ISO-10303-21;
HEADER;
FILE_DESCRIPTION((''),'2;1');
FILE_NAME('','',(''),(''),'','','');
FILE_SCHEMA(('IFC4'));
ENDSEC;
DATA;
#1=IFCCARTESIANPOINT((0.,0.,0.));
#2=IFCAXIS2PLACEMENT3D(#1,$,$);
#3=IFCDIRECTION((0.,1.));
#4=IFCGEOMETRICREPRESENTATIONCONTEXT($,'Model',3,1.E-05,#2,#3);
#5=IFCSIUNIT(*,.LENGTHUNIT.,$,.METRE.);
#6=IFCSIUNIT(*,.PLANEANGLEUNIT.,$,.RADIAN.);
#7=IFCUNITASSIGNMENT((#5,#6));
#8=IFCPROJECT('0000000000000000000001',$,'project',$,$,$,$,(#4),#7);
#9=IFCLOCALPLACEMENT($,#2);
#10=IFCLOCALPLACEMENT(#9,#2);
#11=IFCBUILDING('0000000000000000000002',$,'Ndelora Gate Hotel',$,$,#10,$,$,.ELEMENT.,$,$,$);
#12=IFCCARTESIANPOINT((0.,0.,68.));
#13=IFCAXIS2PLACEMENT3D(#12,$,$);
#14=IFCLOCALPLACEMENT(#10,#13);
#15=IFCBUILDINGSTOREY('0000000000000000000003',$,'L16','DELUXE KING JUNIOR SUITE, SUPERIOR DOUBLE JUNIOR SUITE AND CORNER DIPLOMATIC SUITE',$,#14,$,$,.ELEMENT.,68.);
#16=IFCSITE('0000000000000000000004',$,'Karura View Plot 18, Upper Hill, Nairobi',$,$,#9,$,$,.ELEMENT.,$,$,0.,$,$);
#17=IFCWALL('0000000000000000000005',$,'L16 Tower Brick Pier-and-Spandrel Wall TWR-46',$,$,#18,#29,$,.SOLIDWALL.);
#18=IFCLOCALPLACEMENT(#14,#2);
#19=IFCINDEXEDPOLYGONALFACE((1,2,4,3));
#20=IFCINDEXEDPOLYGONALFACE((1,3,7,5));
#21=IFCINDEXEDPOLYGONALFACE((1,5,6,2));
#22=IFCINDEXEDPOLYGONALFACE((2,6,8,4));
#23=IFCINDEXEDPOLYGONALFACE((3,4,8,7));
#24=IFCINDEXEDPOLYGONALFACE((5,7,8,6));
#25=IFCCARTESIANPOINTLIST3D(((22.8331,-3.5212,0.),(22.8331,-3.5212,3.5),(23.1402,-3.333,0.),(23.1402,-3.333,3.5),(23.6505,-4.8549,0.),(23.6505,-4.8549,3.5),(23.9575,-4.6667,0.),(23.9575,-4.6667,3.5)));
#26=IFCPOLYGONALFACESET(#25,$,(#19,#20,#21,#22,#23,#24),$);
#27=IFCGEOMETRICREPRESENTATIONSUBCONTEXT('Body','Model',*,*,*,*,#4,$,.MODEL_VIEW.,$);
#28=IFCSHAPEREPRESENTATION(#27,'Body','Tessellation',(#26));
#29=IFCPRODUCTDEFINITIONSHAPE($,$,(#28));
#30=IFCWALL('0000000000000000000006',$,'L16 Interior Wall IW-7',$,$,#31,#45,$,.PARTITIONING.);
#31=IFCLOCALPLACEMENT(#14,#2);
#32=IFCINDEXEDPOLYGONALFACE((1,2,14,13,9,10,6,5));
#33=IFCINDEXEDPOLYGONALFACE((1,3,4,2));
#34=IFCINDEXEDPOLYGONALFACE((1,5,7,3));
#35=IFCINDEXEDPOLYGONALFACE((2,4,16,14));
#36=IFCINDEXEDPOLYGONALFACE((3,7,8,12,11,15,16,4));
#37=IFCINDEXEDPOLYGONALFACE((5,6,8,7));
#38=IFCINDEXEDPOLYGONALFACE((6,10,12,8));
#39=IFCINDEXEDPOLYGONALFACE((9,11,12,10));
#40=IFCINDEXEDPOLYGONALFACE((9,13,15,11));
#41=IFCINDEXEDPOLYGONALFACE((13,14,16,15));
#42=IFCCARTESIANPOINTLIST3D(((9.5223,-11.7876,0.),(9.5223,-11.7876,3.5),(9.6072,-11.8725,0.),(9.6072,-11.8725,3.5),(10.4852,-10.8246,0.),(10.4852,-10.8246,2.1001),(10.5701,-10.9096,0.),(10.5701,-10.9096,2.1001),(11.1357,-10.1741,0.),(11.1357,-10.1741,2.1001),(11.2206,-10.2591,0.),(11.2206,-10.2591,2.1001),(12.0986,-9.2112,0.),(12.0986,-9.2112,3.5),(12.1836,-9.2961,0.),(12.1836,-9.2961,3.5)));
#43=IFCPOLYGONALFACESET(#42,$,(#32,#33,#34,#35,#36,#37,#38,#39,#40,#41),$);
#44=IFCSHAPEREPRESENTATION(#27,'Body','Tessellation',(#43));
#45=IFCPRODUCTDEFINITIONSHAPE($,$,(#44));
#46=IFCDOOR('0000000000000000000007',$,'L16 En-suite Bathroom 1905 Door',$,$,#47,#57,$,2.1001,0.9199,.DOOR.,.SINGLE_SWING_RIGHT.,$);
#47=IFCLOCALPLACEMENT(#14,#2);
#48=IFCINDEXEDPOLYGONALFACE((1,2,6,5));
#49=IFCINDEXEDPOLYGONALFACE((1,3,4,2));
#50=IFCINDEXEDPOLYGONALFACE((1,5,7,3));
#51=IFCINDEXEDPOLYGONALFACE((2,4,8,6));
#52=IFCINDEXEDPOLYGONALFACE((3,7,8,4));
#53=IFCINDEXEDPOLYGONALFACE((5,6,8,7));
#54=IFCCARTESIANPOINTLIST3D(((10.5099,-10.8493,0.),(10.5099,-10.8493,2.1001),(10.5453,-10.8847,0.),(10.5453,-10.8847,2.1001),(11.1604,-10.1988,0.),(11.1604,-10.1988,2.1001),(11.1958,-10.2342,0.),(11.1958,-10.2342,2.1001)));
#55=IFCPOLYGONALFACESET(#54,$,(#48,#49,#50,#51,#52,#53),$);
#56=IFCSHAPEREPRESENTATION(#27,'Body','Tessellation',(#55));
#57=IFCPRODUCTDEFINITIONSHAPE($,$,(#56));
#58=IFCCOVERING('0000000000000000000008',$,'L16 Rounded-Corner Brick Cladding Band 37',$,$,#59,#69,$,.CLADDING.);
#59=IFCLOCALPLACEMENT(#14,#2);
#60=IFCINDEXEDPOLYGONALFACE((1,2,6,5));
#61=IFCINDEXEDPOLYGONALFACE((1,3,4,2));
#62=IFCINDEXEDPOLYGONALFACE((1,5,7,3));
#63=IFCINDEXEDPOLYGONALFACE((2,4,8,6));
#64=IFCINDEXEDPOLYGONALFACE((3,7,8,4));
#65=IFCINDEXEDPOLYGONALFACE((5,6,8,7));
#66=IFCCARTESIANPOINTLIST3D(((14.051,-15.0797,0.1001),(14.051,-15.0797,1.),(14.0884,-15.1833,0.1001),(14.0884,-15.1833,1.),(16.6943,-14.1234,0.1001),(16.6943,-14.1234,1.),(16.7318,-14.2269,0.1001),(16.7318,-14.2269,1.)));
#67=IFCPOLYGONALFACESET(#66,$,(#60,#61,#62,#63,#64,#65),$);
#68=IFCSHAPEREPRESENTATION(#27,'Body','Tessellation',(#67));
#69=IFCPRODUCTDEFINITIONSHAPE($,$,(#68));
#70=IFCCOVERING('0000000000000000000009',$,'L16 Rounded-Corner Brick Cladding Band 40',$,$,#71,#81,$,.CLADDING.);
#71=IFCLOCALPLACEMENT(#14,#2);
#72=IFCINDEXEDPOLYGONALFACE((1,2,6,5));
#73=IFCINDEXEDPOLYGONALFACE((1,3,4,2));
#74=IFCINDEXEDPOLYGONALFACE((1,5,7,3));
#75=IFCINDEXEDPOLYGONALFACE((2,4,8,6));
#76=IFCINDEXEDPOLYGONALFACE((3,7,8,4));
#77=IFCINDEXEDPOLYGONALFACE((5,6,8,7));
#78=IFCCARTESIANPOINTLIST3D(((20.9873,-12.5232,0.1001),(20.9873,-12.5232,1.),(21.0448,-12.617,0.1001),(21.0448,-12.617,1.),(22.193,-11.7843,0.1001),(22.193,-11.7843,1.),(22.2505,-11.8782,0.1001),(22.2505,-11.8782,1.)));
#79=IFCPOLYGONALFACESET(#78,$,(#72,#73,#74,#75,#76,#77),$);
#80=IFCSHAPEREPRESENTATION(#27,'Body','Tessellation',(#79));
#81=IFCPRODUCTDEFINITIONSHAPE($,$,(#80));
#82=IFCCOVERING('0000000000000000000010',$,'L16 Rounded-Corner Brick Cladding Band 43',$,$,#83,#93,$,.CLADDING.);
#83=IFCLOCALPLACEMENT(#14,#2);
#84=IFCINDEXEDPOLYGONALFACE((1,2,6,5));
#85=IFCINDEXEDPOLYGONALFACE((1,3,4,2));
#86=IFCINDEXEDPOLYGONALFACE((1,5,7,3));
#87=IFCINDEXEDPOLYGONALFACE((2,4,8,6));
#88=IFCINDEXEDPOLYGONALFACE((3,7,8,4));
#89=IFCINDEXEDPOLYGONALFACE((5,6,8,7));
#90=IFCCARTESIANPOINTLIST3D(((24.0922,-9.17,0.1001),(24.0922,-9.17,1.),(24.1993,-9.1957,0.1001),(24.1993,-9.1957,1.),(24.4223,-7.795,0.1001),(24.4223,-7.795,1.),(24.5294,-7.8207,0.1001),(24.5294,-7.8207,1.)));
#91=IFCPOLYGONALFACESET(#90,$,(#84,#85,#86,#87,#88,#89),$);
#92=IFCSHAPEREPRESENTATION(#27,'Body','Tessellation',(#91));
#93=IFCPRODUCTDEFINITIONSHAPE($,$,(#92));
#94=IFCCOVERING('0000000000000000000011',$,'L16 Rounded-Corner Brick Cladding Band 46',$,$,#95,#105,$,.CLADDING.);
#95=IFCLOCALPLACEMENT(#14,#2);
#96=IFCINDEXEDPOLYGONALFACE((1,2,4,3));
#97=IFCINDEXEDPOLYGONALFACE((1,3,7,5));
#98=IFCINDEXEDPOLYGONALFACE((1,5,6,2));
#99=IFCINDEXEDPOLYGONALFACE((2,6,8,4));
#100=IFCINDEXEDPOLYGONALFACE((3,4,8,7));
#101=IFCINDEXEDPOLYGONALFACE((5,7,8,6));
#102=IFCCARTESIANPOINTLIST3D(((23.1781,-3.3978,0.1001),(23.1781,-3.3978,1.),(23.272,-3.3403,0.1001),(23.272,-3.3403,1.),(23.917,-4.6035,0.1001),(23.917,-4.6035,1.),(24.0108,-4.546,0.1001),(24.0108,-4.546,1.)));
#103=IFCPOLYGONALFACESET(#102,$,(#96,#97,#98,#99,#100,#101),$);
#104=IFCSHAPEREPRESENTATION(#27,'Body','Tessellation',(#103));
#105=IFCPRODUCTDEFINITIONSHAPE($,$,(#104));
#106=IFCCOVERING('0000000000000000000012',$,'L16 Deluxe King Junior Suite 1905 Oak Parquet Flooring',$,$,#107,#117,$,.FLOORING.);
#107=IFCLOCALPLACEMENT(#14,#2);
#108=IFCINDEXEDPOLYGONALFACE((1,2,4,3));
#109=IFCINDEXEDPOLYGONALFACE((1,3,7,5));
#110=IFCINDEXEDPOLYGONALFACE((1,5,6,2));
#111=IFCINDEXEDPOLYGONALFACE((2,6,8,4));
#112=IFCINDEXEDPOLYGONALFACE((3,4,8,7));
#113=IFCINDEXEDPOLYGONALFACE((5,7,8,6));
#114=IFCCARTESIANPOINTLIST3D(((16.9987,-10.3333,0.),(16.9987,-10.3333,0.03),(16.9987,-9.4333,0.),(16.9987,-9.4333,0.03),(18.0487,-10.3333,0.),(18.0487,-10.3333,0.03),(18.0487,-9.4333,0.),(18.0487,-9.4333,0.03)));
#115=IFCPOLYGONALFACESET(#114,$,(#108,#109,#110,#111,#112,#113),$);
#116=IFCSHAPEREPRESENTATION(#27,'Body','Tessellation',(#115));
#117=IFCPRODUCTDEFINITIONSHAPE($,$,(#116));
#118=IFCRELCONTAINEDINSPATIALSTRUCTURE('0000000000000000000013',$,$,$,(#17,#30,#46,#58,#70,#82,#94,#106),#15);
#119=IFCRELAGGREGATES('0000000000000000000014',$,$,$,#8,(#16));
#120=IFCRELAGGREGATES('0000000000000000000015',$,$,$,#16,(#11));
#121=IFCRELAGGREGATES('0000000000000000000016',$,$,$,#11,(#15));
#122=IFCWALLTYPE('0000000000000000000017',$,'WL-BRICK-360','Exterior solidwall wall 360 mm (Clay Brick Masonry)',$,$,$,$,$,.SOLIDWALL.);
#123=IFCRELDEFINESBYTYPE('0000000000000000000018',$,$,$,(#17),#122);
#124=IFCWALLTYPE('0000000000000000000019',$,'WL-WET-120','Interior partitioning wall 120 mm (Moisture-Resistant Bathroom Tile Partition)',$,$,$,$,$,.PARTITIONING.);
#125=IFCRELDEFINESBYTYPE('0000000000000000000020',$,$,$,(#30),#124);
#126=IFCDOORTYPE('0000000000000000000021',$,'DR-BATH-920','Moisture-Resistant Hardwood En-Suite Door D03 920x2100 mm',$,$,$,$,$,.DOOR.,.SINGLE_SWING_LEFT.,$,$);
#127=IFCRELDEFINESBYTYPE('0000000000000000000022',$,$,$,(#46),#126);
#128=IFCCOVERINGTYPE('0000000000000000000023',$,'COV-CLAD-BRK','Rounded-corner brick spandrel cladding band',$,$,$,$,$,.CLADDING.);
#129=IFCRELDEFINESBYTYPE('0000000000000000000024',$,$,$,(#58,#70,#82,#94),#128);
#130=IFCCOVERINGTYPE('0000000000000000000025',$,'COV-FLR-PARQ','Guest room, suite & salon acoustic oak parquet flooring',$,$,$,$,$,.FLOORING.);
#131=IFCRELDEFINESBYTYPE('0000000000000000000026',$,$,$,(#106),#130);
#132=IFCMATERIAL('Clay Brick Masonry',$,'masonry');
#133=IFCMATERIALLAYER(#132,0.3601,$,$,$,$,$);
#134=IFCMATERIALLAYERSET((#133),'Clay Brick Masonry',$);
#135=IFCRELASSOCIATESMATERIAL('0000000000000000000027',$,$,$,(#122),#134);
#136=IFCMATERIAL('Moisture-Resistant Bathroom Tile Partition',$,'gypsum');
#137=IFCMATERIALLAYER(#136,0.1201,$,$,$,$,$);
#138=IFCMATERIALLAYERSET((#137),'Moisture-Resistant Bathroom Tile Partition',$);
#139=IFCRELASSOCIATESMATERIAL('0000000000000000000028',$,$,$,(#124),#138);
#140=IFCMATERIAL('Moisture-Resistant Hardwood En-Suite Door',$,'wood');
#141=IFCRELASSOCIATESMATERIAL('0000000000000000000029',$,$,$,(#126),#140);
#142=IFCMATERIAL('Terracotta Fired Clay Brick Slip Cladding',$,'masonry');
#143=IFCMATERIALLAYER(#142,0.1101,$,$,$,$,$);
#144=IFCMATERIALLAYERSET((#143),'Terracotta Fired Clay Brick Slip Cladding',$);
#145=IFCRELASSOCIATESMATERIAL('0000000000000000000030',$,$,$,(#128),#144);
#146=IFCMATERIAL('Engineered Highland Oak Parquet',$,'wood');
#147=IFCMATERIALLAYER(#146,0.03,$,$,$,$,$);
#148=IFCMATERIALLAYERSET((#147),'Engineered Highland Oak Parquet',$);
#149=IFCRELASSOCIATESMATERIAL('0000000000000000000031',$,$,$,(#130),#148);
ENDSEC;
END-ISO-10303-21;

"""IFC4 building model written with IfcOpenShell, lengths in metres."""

from ifc_helpers import new_model, si_unit, direction, frame, frame_2d, origin, origin_2d, place, context, subcontext, project, spatial, rectangle, extrude, material, layer, layer_set, type_object, element, fill, save


model = new_model("IFC4")

# Units and contexts
model_context = context("Model", 3, precision=1e-05, world=origin(), true_north=direction((0.0, 1.0)))
body_context = subcontext(model_context, "Body", "Model", "MODEL_VIEW")
ifc_project = project(units=[si_unit("LENGTHUNIT", "METRE"), si_unit("PLANEANGLEUNIT", "RADIAN")], contexts=[model_context])

# Site, building, storey
site_placement = place(None, origin())
site = spatial("IfcSite", under=ifc_project, at=site_placement, Name="Karura View Plot 18, Upper Hill, Nairobi", CompositionType="ELEMENT", RefElevation=0.0)
building_placement = place(site_placement, origin())
building = spatial("IfcBuilding", under=site, at=building_placement, Name="Ndelora Gate Hotel", CompositionType="ELEMENT")
storey_placement = place(building_placement, frame((0.0, 0.0, 68.0)))
storey = spatial("IfcBuildingStorey", under=building, at=storey_placement, Name="L16", Description="DELUXE KING JUNIOR SUITE, SUPERIOR DOUBLE JUNIOR SUITE AND CORNER DIPLOMATIC SUITE", CompositionType="ELEMENT", Elevation=68.0)

# Shared definitions
ifc_material_1 = material(Name="Clay Brick Masonry", Category="masonry")
ifc_layer_1 = layer(ifc_material_1, 0.3601)
ifc_layer_set_1 = layer_set([ifc_layer_1], Name="Clay Brick Masonry")
wall_type_1 = type_object("IfcWallType", Name="WL-BRICK-360", Description="Exterior solidwall wall 360 mm (Clay Brick Masonry)", PredefinedType="SOLIDWALL", material=ifc_layer_set_1)

# Wall
for number, where, z_axis, x_axis, name in (
    (1, (22.9866, -3.427, 0.0), (0.0, 0.0, 1.0), (0.522529, -0.852621, 0.0), "L16 Tower Brick Pier-and-Spandrel Wall TWR-46"),
):
    element("IfcWall", number, at=place(storey_placement, frame(where, z_axis=z_axis, x_axis=x_axis)), inside=storey, type_object=wall_type_1, Name=name, PredefinedType="SOLIDWALL", context=body_context, shape_type="SweptSolid", body=[
        extrude(rectangle(XDim=1.5642, YDim=0.3601, at=frame_2d((0.7822, 0.0))), origin(), (0.0, 0.0, 1.0), 3.5),
    ])

# Wall, opening, door
ifc_material_2 = material(Name="Moisture-Resistant Bathroom Tile Partition", Category="gypsum")
ifc_layer_2 = layer(ifc_material_2, 0.1201)
ifc_layer_set_2 = layer_set([ifc_layer_2], Name="Moisture-Resistant Bathroom Tile Partition")
wall_type_2 = type_object("IfcWallType", Name="WL-WET-120", Description="Interior partitioning wall 120 mm (Moisture-Resistant Bathroom Tile Partition)", PredefinedType="PARTITIONING", material=ifc_layer_set_2)
wall_1_placement = place(storey_placement, frame((12.1411, -9.2537, 0.0), z_axis=(0.0, 0.0, 1.0), x_axis=(-0.707107, -0.707107, 0.0)))
wall_1 = element("IfcWall", 2, at=wall_1_placement, inside=storey, type_object=wall_type_2, Name="L16 Interior Wall IW-7", PredefinedType="PARTITIONING", context=body_context, shape_type="SweptSolid", body=[
    extrude(rectangle(XDim=3.6436, YDim=0.1201, at=frame_2d((1.8218, 0.0))), origin(), (0.0, 0.0, 1.0), 3.5),
])
opening_1_placement = place(wall_1_placement, frame((1.3618, 0.0, 0.0)))
opening_1 = element("IfcOpeningElement", 3, at=opening_1_placement, cuts=wall_1, PredefinedType="OPENING", context=body_context, shape_type="SweptSolid", body=[
    extrude(rectangle(XDim=0.9199, YDim=2.1001, at=frame_2d((0.46, 1.05))), frame((0.0, 0.0701, 0.0), z_axis=(0.0, -1.0, 0.0), x_axis=(1.0, 0.0, 0.0)), (0.0, 0.0, 1.0), 0.1401),
])
ifc_material_3 = material(Name="Moisture-Resistant Hardwood En-Suite Door", Category="wood")
door_type = type_object("IfcDoorType", Name="DR-BATH-920", Description="Moisture-Resistant Hardwood En-Suite Door D03 920x2100 mm", OperationType="SINGLE_SWING_LEFT", PredefinedType="DOOR", material=ifc_material_3)
door_placement = place(opening_1_placement, origin())
door = element("IfcDoor", 4, at=door_placement, inside=storey, type_object=door_type, Name="L16 En-suite Bathroom 1905 Door", OperationType="SINGLE_SWING_RIGHT", OverallHeight=2.1001, OverallWidth=0.9199, PredefinedType="DOOR", context=body_context, shape_type="SweptSolid", body=[
    extrude(rectangle(XDim=0.9199, YDim=2.1001, at=frame_2d((0.46, 1.05))), frame((0.0, 0.0249, 0.0), z_axis=(0.0, -1.0, 0.0), x_axis=(1.0, 0.0, 0.0)), (0.0, 0.0, 1.0), 0.05),
])
fill(opening_1, door)

# Coverings
ifc_material_4 = material(Name="Terracotta Fired Clay Brick Slip Cladding", Category="masonry")
ifc_layer_3 = layer(ifc_material_4, 0.1101)
ifc_layer_set_3 = layer_set([ifc_layer_3], Name="Terracotta Fired Clay Brick Slip Cladding")
covering_type_1 = type_object("IfcCoveringType", Name="COV-CLAD-BRK", Description="Rounded-corner brick spandrel cladding band", PredefinedType="CLADDING", material=ifc_layer_set_3)
covering_1_placement = place(storey_placement, frame((15.3914, -14.6533, 0.1001), z_axis=(0.0, 0.0, 1.0), x_axis=(0.940348, 0.340215, 0.0)))
element("IfcCovering", 5, at=covering_1_placement, inside=storey, type_object=covering_type_1, Name="L16 Rounded-Corner Brick Cladding Band 37", PredefinedType="CLADDING", context=body_context, shape_type="SweptSolid", body=[
    extrude(rectangle(XDim=2.811, YDim=0.1101, at=origin_2d()), origin(), (0.0, 0.0, 1.0), 0.8999),
])
for number, where, z_axis, x_axis, name in (
    (6, (21.6189, -12.2007, 0.1001), (0.0, 0.0, 1.0), (0.85264, 0.522499, 0.0), "L16 Rounded-Corner Brick Cladding Band 40"),
    (7, (24.3108, -8.4954, 0.1001), (0.0, 0.0, 1.0), (0.233445, 0.97237, 0.0), "L16 Rounded-Corner Brick Cladding Band 43"),
    (8, (23.5945, -3.9719, 0.1001), (0.0, 0.0, 1.0), (-0.522499, 0.85264, 0.0), "L16 Rounded-Corner Brick Cladding Band 46"),
):
    element("IfcCovering", number, at=place(storey_placement, frame(where, z_axis=z_axis, x_axis=x_axis)), inside=storey, type_object=covering_type_1, Name=name, PredefinedType="CLADDING", context=body_context, shape_type="SweptSolid", body=[
        extrude(rectangle(XDim=1.4141, YDim=0.1101, at=origin_2d()), origin(), (0.0, 0.0, 1.0), 0.8999),
    ])
ifc_material_5 = material(Name="Engineered Highland Oak Parquet", Category="wood")
ifc_layer_4 = layer(ifc_material_5, 0.03)
ifc_layer_set_4 = layer_set([ifc_layer_4], Name="Engineered Highland Oak Parquet")
covering_type_2 = type_object("IfcCoveringType", Name="COV-FLR-PARQ", Description="Guest room, suite & salon acoustic oak parquet flooring", PredefinedType="FLOORING", material=ifc_layer_set_4)
covering_2_placement = place(storey_placement, frame((17.5237, -9.8833, 0.0), z_axis=(0.0, 0.0, 1.0), x_axis=(1.0, 0.0, 0.0)))
element("IfcCovering", 9, at=covering_2_placement, inside=storey, type_object=covering_type_2, Name="L16 Deluxe King Junior Suite 1905 Oak Parquet Flooring", PredefinedType="FLOORING", context=body_context, shape_type="SweptSolid", body=[
    extrude(rectangle(XDim=1.05, YDim=0.8999, at=origin_2d()), origin(), (0.0, 0.0, 1.0), 0.03),
])

save(model, "model.ifc")
